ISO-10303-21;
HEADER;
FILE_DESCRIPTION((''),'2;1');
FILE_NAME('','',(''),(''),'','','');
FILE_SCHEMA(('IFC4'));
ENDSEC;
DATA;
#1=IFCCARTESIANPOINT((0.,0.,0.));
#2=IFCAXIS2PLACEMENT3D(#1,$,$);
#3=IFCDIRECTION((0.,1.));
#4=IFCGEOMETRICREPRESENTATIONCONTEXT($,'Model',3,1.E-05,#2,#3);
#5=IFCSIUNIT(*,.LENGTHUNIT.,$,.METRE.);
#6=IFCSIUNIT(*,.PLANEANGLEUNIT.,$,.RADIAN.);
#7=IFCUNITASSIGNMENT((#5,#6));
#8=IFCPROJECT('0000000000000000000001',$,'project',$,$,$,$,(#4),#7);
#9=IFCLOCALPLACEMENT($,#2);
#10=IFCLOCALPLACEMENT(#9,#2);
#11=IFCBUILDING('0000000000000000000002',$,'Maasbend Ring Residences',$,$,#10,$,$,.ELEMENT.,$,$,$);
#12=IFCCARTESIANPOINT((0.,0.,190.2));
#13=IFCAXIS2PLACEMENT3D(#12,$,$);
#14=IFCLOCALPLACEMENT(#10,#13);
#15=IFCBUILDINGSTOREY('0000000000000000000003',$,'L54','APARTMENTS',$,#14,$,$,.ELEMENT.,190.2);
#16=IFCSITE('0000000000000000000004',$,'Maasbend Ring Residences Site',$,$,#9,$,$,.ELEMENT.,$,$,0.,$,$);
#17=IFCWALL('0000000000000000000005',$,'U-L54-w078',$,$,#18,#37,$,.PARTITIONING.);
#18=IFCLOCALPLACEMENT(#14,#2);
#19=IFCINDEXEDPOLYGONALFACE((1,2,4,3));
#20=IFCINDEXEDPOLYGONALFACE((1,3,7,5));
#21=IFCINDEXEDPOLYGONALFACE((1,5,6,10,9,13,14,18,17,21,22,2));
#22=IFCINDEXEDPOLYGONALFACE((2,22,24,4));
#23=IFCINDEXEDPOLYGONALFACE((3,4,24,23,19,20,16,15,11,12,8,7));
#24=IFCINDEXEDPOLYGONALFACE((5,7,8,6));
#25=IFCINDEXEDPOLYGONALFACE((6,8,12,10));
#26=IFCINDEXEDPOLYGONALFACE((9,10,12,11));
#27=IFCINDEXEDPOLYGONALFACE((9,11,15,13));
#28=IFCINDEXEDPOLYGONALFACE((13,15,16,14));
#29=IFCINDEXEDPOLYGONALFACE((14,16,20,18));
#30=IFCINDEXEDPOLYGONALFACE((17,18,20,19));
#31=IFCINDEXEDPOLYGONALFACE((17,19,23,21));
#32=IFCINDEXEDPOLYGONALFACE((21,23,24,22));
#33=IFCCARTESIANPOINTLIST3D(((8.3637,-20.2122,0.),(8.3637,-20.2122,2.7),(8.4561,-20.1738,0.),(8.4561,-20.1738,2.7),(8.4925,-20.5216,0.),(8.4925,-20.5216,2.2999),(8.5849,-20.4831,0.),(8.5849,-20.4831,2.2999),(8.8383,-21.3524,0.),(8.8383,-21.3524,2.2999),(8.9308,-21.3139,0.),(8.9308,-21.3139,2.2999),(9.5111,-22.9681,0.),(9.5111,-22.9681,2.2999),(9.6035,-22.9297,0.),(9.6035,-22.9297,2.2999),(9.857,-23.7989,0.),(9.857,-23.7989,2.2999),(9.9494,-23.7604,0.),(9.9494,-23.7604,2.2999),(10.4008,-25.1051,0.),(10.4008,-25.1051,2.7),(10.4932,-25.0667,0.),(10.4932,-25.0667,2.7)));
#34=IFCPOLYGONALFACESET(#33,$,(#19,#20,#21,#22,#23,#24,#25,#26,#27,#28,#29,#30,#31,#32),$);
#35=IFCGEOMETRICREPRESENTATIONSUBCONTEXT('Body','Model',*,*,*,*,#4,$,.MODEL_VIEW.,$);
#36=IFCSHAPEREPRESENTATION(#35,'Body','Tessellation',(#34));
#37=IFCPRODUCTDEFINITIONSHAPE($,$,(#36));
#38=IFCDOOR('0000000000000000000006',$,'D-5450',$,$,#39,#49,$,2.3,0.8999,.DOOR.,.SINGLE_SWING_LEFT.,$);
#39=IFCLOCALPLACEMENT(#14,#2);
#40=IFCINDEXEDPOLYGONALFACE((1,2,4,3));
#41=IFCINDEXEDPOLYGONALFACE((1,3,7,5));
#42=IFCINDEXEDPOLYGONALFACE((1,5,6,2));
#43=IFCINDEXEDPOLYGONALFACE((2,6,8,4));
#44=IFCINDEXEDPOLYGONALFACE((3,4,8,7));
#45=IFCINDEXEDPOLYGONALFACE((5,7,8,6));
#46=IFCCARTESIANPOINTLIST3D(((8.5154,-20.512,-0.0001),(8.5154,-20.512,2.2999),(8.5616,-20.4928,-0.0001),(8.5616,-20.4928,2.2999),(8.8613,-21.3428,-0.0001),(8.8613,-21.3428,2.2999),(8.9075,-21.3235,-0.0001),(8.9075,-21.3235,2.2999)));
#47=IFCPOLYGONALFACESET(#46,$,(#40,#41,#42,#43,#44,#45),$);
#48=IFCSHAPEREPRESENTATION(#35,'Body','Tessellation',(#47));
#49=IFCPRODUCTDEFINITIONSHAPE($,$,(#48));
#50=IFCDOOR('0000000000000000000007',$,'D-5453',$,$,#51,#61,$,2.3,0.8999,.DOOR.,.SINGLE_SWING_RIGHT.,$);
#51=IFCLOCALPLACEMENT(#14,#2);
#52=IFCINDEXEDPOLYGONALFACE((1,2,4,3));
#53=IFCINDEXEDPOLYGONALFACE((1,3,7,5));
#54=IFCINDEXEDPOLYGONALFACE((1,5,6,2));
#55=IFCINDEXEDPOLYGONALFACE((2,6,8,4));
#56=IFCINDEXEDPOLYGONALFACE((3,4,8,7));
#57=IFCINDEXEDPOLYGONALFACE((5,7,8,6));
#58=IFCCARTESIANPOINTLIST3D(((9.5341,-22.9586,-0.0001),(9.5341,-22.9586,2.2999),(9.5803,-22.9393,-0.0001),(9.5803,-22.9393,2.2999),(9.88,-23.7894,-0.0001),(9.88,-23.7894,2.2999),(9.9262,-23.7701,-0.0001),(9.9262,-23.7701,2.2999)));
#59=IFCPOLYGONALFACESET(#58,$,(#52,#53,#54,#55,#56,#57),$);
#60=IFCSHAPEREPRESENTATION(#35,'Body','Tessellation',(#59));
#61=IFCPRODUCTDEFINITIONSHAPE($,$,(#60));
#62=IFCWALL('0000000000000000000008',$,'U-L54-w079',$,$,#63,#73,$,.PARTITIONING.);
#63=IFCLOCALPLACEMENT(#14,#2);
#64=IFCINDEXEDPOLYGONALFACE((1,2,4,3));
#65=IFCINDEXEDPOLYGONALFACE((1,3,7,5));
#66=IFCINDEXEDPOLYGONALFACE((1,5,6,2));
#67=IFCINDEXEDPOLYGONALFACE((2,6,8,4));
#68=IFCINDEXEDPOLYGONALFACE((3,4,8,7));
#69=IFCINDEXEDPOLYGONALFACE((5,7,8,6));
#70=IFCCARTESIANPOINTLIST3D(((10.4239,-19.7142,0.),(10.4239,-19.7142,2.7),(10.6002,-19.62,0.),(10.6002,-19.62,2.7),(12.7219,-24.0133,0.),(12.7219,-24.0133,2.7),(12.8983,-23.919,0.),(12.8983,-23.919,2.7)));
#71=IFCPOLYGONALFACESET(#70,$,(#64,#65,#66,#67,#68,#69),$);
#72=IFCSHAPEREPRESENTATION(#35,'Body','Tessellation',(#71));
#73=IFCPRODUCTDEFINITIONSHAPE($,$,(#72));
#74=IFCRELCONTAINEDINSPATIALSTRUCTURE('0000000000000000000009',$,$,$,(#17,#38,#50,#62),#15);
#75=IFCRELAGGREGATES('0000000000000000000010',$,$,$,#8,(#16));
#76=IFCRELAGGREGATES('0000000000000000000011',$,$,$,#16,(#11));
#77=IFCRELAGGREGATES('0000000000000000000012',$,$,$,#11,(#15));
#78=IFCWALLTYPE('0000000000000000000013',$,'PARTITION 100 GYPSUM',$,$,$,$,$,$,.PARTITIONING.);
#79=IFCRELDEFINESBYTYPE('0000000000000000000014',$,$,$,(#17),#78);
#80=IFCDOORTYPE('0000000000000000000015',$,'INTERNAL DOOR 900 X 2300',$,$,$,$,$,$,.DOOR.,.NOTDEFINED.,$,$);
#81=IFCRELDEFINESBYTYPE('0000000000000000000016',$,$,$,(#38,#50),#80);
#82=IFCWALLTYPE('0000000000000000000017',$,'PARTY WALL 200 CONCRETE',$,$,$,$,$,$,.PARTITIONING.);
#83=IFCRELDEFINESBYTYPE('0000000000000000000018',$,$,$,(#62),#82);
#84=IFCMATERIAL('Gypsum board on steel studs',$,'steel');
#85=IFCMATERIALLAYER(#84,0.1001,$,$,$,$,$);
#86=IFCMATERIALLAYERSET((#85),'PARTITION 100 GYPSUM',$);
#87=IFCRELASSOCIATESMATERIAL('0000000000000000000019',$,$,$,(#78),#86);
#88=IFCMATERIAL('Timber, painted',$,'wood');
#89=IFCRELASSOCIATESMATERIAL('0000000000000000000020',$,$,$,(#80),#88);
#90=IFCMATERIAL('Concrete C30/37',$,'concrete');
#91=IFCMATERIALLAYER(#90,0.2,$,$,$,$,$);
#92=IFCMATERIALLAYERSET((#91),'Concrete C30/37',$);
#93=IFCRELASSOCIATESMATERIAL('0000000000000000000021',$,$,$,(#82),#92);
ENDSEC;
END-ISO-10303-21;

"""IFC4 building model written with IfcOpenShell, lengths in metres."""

from ifc_helpers import new_model, si_unit, direction, frame, frame_2d, origin, place, context, subcontext, project, spatial, rectangle, extrude, material, layer, layer_set, type_object, element, fill, save


model = new_model("IFC4")

# Units and contexts
model_context = context("Model", 3, precision=1e-05, world=origin(), true_north=direction((0.0, 1.0)))
body_context = subcontext(model_context, "Body", "Model", "MODEL_VIEW")
ifc_project = project(units=[si_unit("LENGTHUNIT", "METRE"), si_unit("PLANEANGLEUNIT", "RADIAN")], contexts=[model_context])

# Site, building, storey
site_placement = place(None, origin())
site = spatial("IfcSite", under=ifc_project, at=site_placement, Name="Maasbend Ring Residences Site", CompositionType="ELEMENT", RefElevation=0.0)
building_placement = place(site_placement, origin())
building = spatial("IfcBuilding", under=site, at=building_placement, Name="Maasbend Ring Residences", CompositionType="ELEMENT")
storey_placement = place(building_placement, frame((0.0, 0.0, 190.2)))
storey = spatial("IfcBuildingStorey", under=building, at=storey_placement, Name="L54", Description="APARTMENTS", CompositionType="ELEMENT", Elevation=190.2)

# Shared definitions
ifc_material_1 = material(Name="Gypsum board on steel studs", Category="steel")
ifc_layer_1 = layer(ifc_material_1, 0.1001)
ifc_layer_set_1 = layer_set([ifc_layer_1], Name="PARTITION 100 GYPSUM")
wall_type_1 = type_object("IfcWallType", Name="PARTITION 100 GYPSUM", PredefinedType="PARTITIONING", material=ifc_layer_set_1)

# Shared definitions
ifc_material_2 = material(Name="Timber, painted", Category="wood")
door_type_1 = type_object("IfcDoorType", Name="INTERNAL DOOR 900 X 2300", OperationType="NOTDEFINED", PredefinedType="DOOR", material=ifc_material_2)

# Wall, openings, doors
wall_1_placement = place(storey_placement, frame((8.4099, -20.1931, 0.0), z_axis=(0.0, 0.0, 1.0), x_axis=(0.384364, -0.923182, 0.0)))
wall_1 = element("IfcWall", 1, at=wall_1_placement, inside=storey, type_object=wall_type_1, Name="U-L54-w078", PredefinedType="PARTITIONING", context=body_context, shape_type="SweptSolid", body=[
    extrude(rectangle(XDim=5.3, YDim=0.1001, at=frame_2d((2.6499, 0.0))), origin(), (0.0, 0.0, 1.0), 2.7),
])
opening_1_placement = place(wall_1_placement, frame((0.335, 0.0, 0.0)))
opening_1 = element("IfcOpeningElement", 2, at=opening_1_placement, cuts=wall_1, PredefinedType="OPENING", context=body_context, shape_type="SweptSolid", body=[
    extrude(rectangle(XDim=0.8999, YDim=2.3, at=frame_2d((0.45, 1.1499))), frame((0.0, 0.0601, 0.0), z_axis=(0.0, -1.0, 0.0), x_axis=(1.0, 0.0, 0.0)), (0.0, 0.0, 1.0), 0.1201),
])
opening_2_placement = place(wall_1_placement, frame((2.9851, 0.0, 0.0)))
opening_2 = element("IfcOpeningElement", 3, at=opening_2_placement, cuts=wall_1, PredefinedType="OPENING", context=body_context, shape_type="SweptSolid", body=[
    extrude(rectangle(XDim=0.8999, YDim=2.3, at=frame_2d((0.45, 1.1499))), frame((0.0, 0.0601, 0.0), z_axis=(0.0, -1.0, 0.0), x_axis=(1.0, 0.0, 0.0)), (0.0, 0.0, 1.0), 0.1201),
])
door_1_placement = place(opening_1_placement, origin())
door_1 = element("IfcDoor", 4, at=door_1_placement, inside=storey, type_object=door_type_1, Name="D-5450", OperationType="SINGLE_SWING_LEFT", OverallHeight=2.3, OverallWidth=0.8999, PredefinedType="DOOR", context=body_context, shape_type="SweptSolid", body=[
    extrude(rectangle(XDim=0.8999, YDim=2.3, at=frame_2d((0.45, 1.1499))), frame((0.0, 0.0249, 0.0), z_axis=(0.0, -1.0, 0.0), x_axis=(1.0, 0.0, 0.0)), (0.0, 0.0, 1.0), 0.05),
])
fill(opening_1, door_1)
door_2_placement = place(opening_2_placement, origin())
door_2 = element("IfcDoor", 5, at=door_2_placement, inside=storey, type_object=door_type_1, Name="D-5453", OperationType="SINGLE_SWING_RIGHT", OverallHeight=2.3, OverallWidth=0.8999, PredefinedType="DOOR", context=body_context, shape_type="SweptSolid", body=[
    extrude(rectangle(XDim=0.8999, YDim=2.3, at=frame_2d((0.45, 1.1499))), frame((0.0, 0.0249, 0.0), z_axis=(0.0, -1.0, 0.0), x_axis=(1.0, 0.0, 0.0)), (0.0, 0.0, 1.0), 0.05),
])
fill(opening_2, door_2)

# Wall
ifc_material_3 = material(Name="Concrete C30/37", Category="concrete")
ifc_layer_2 = layer(ifc_material_3, 0.2)
ifc_layer_set_2 = layer_set([ifc_layer_2], Name="Concrete C30/37")
wall_type_2 = type_object("IfcWallType", Name="PARTY WALL 200 CONCRETE", PredefinedType="PARTITIONING", material=ifc_layer_set_2)
wall_2_placement = place(storey_placement, frame((10.512, -19.667, 0.0), z_axis=(0.0, 0.0, 1.0), x_axis=(0.471428, -0.881905, 0.0)))
element("IfcWall", 6, at=wall_2_placement, inside=storey, type_object=wall_type_2, Name="U-L54-w079", PredefinedType="PARTITIONING", context=body_context, shape_type="SweptSolid", body=[
    extrude(rectangle(XDim=4.8748, YDim=0.2, at=frame_2d((2.4375, 0.0))), origin(), (0.0, 0.0, 1.0), 2.7),
])

save(model, "model.ifc")
